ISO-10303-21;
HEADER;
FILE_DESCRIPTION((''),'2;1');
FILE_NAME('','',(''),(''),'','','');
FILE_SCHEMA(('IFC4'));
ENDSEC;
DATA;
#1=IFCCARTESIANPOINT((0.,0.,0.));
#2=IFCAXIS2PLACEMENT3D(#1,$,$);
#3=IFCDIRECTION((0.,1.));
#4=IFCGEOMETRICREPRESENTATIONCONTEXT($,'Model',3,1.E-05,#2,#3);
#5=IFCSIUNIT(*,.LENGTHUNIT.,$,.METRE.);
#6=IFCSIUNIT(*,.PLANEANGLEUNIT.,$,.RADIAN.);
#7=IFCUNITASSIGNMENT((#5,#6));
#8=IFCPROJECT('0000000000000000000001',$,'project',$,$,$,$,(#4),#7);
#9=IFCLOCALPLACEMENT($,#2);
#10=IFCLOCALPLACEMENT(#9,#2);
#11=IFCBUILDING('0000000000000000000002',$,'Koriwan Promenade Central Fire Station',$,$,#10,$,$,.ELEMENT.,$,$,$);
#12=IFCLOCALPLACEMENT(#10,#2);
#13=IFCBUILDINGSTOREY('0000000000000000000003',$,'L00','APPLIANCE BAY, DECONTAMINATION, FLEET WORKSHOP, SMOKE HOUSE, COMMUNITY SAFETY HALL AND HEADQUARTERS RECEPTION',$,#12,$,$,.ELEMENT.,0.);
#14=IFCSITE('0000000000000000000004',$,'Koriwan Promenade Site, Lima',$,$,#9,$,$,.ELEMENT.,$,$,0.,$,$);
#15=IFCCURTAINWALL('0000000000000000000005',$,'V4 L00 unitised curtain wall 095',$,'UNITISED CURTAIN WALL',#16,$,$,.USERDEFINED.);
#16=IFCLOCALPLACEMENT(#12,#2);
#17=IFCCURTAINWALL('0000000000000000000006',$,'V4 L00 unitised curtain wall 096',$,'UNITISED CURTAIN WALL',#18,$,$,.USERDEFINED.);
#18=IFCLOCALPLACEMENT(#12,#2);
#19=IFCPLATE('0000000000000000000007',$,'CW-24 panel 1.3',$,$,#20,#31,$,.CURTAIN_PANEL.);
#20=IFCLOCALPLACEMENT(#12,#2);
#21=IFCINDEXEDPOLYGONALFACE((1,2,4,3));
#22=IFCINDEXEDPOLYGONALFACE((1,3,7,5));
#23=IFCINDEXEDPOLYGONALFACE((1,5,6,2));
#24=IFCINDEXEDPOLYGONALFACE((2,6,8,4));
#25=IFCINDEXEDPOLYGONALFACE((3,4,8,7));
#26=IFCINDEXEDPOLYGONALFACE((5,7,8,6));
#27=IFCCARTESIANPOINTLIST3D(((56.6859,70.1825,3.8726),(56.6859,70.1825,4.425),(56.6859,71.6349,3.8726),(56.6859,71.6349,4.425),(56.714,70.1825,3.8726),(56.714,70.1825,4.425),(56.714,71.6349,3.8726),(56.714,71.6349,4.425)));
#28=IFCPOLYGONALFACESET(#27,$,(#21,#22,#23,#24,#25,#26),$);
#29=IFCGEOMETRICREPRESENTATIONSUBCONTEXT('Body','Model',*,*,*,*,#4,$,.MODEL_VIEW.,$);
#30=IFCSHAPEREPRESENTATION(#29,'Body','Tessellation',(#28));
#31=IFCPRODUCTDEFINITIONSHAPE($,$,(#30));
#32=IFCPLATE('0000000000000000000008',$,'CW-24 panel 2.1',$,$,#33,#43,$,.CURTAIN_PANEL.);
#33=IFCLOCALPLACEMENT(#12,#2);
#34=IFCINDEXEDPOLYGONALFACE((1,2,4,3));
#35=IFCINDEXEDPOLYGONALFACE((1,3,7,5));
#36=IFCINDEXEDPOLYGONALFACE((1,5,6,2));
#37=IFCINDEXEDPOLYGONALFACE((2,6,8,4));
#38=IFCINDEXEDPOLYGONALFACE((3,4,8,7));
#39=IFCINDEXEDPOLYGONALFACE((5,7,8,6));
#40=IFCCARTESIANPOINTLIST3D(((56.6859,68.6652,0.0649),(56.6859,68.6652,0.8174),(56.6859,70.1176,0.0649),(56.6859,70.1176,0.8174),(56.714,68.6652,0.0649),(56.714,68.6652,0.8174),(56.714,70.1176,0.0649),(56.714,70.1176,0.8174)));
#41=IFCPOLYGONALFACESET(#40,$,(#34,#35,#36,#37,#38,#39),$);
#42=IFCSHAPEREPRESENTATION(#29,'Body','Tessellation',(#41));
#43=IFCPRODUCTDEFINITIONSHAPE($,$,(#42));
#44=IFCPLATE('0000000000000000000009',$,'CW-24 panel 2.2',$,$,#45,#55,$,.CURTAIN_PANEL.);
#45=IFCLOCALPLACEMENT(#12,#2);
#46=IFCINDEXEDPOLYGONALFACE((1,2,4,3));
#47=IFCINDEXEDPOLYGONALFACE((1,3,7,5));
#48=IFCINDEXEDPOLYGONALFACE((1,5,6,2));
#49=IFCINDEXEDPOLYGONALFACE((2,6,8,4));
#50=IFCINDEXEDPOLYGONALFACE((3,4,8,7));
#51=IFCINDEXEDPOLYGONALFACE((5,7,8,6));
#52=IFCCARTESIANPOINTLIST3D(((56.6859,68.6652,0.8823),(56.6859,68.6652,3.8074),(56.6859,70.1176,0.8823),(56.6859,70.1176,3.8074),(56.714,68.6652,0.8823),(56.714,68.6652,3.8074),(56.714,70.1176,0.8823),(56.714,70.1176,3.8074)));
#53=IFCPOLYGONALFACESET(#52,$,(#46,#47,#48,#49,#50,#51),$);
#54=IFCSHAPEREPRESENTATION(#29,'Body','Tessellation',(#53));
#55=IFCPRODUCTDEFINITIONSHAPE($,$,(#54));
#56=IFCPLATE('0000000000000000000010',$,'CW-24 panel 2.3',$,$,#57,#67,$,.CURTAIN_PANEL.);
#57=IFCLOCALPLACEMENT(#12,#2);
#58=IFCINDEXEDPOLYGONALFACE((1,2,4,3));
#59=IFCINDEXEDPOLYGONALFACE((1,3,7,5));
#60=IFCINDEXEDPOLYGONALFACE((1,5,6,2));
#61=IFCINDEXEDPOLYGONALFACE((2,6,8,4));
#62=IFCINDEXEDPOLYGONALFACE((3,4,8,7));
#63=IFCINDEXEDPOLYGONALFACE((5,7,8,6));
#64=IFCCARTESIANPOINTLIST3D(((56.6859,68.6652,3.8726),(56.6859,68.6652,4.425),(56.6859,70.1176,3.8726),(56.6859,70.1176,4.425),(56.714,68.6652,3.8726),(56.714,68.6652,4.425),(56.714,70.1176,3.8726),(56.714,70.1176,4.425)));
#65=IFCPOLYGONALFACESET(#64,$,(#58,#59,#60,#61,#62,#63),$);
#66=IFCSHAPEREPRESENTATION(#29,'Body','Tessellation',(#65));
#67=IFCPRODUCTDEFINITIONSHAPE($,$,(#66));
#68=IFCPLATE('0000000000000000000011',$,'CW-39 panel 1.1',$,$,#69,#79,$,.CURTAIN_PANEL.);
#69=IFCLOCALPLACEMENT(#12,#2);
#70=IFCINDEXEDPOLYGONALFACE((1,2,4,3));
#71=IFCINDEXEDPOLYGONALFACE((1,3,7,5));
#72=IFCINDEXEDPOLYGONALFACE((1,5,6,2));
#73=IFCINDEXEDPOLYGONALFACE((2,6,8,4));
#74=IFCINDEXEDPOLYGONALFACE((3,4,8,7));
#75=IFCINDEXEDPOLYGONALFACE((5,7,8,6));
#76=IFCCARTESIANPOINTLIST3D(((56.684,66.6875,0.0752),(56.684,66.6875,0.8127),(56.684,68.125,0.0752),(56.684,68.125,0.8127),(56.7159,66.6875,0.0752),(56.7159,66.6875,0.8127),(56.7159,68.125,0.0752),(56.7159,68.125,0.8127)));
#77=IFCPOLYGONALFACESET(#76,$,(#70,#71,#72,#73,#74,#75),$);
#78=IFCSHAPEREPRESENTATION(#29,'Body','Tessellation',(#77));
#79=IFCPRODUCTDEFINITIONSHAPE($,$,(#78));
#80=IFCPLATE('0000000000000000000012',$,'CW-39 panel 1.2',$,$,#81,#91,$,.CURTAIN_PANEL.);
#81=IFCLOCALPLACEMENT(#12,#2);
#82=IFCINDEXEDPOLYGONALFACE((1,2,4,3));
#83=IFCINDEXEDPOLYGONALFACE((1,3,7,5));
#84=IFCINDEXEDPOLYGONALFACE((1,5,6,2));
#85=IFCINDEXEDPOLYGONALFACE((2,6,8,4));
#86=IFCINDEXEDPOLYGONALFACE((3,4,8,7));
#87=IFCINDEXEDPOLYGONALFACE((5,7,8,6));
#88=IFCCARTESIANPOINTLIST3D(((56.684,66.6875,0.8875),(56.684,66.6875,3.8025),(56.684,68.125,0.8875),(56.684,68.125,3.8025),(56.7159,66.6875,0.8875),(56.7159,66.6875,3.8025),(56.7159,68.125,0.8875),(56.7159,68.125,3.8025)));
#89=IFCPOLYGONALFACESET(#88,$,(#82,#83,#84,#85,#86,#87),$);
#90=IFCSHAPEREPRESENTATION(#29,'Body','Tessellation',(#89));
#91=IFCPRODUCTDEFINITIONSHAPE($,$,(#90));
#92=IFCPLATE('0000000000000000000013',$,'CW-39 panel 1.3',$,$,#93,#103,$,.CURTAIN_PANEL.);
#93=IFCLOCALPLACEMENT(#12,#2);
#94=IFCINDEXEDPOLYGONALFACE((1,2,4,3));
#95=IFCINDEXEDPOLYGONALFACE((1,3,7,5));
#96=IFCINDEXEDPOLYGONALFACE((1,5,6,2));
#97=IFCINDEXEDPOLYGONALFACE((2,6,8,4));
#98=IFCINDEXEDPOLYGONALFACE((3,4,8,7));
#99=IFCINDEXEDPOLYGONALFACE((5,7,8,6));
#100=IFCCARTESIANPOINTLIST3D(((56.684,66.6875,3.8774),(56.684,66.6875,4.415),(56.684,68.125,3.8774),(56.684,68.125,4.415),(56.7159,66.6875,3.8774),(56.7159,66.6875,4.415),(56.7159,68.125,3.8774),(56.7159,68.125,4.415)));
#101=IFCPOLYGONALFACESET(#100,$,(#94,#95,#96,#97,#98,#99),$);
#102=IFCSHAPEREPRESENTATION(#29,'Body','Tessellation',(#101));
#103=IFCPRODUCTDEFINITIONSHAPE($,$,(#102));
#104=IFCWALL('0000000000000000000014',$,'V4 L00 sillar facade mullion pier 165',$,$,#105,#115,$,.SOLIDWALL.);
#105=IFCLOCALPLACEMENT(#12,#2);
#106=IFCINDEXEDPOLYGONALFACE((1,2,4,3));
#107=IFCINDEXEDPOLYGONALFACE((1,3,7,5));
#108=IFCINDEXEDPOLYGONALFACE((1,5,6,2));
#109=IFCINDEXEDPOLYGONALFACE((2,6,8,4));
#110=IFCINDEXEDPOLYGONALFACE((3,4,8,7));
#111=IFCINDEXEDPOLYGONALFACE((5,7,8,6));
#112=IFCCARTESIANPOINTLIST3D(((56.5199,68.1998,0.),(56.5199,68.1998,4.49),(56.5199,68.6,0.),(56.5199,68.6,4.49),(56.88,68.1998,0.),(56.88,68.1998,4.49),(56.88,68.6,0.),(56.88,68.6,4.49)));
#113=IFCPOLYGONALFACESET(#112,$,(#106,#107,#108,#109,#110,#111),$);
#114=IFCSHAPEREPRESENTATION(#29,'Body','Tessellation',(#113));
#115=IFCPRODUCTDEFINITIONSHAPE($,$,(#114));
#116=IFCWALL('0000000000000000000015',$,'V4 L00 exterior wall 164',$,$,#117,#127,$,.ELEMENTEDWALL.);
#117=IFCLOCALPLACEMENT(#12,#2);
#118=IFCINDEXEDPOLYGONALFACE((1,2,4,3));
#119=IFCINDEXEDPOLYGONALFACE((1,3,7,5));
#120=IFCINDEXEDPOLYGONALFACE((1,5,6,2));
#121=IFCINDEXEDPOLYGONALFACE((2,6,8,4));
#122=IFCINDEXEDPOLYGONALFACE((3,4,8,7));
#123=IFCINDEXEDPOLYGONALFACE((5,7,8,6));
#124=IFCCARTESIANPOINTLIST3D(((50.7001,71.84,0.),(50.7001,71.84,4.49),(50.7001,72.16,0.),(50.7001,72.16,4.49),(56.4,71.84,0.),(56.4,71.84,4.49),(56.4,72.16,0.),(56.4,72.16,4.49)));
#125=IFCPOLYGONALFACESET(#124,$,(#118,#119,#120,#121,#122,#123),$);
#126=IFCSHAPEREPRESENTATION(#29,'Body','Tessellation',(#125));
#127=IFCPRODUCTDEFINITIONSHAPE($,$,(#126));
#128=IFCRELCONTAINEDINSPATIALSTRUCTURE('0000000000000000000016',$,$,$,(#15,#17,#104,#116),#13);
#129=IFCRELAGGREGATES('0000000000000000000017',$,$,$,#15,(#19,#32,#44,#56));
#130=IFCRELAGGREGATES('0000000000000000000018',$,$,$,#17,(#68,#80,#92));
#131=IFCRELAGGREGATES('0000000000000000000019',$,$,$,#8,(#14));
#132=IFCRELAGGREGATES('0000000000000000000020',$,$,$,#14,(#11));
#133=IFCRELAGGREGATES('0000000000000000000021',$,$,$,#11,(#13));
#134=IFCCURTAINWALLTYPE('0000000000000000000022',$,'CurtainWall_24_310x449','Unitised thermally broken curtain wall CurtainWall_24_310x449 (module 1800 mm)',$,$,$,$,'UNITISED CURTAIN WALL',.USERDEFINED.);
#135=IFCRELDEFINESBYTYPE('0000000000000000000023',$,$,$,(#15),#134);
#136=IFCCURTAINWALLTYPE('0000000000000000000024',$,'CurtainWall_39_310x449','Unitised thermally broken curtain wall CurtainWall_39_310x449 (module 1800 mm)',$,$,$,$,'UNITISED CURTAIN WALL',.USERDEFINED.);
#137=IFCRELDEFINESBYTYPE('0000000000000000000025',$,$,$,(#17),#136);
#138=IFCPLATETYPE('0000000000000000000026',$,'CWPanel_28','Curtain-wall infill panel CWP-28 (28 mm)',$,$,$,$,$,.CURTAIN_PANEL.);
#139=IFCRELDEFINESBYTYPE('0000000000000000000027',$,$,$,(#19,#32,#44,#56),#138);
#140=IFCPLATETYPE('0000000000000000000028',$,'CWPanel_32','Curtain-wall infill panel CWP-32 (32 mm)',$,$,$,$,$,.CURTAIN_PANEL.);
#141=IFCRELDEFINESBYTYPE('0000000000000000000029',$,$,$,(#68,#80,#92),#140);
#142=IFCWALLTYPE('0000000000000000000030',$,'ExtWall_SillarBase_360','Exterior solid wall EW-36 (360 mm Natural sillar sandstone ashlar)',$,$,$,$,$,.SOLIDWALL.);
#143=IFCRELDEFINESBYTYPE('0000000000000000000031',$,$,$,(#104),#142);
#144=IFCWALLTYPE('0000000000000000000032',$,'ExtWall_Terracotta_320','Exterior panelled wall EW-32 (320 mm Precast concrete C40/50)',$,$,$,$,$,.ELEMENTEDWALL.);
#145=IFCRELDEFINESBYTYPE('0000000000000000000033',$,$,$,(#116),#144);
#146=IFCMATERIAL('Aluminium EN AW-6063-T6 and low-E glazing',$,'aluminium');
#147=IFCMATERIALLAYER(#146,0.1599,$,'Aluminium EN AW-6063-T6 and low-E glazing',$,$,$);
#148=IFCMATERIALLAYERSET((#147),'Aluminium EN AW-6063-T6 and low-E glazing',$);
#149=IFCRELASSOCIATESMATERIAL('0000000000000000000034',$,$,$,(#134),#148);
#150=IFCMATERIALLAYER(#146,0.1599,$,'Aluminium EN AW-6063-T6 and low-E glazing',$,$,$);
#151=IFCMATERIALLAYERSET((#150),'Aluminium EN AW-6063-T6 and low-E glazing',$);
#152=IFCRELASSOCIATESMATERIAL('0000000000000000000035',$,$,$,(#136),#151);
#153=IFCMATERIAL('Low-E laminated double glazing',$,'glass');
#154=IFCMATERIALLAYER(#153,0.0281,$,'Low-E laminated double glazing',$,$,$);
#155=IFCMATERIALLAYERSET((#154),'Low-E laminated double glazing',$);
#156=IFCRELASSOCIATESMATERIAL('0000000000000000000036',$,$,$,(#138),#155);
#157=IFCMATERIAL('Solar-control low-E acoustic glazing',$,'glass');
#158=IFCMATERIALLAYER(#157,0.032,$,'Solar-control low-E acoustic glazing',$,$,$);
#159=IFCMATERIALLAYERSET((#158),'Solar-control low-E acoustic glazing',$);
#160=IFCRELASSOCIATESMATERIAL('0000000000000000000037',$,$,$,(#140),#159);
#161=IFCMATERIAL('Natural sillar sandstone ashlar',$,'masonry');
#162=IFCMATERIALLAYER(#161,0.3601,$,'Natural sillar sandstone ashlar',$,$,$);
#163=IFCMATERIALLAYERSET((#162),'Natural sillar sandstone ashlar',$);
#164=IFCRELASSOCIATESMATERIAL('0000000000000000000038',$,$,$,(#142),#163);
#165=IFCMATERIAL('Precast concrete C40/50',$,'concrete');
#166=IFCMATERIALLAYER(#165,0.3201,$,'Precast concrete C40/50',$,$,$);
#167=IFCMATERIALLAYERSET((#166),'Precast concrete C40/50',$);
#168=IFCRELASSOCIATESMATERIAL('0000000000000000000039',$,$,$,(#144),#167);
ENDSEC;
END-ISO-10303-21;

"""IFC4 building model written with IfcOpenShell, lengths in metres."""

from ifc_helpers import new_model, si_unit, direction, frame, frame_2d, origin, origin_2d, place, context, subcontext, project, spatial, rectangle, extrude, material, layer, layer_set, type_object, element, aggregate, save


model = new_model("IFC4")

# Units and contexts
model_context = context("Model", 3, precision=1e-05, world=origin(), true_north=direction((0.0, 1.0)))
body_context = subcontext(model_context, "Body", "Model", "MODEL_VIEW")
ifc_project = project(units=[si_unit("LENGTHUNIT", "METRE"), si_unit("PLANEANGLEUNIT", "RADIAN")], contexts=[model_context])

# Site, building, storey
site_placement = place(None, origin())
site = spatial("IfcSite", under=ifc_project, at=site_placement, Name="Koriwan Promenade Site, Lima", CompositionType="ELEMENT", RefElevation=0.0)
building_placement = place(site_placement, origin())
building = spatial("IfcBuilding", under=site, at=building_placement, Name="Koriwan Promenade Central Fire Station", CompositionType="ELEMENT")
storey_placement = place(building_placement, origin())
storey = spatial("IfcBuildingStorey", under=building, at=storey_placement, Name="L00", Description="APPLIANCE BAY, DECONTAMINATION, FLEET WORKSHOP, SMOKE HOUSE, COMMUNITY SAFETY HALL AND HEADQUARTERS RECEPTION", CompositionType="ELEMENT", Elevation=0.0)

# Curtain walls
ifc_material_1 = material(Name="Aluminium EN AW-6063-T6 and low-E glazing", Category="aluminium")
ifc_layer_1 = layer(ifc_material_1, 0.1599, Name="Aluminium EN AW-6063-T6 and low-E glazing")
ifc_layer_set_1 = layer_set([ifc_layer_1], Name="Aluminium EN AW-6063-T6 and low-E glazing")
curtain_wall_type_1 = type_object("IfcCurtainWallType", Name="CurtainWall_24_310x449", Description="Unitised thermally broken curtain wall CurtainWall_24_310x449 (module 1800 mm)", ElementType="UNITISED CURTAIN WALL", PredefinedType="USERDEFINED", material=ifc_layer_set_1)
curtain_wall_1_placement = place(storey_placement, origin())
curtain_wall_1 = element("IfcCurtainWall", 1, at=curtain_wall_1_placement, inside=storey, type_object=curtain_wall_type_1, Name="V4 L00 unitised curtain wall 095", ObjectType="UNITISED CURTAIN WALL", PredefinedType="USERDEFINED")
ifc_layer_2 = layer(ifc_material_1, 0.1599, Name="Aluminium EN AW-6063-T6 and low-E glazing")
ifc_layer_set_2 = layer_set([ifc_layer_2], Name="Aluminium EN AW-6063-T6 and low-E glazing")
curtain_wall_type_2 = type_object("IfcCurtainWallType", Name="CurtainWall_39_310x449", Description="Unitised thermally broken curtain wall CurtainWall_39_310x449 (module 1800 mm)", ElementType="UNITISED CURTAIN WALL", PredefinedType="USERDEFINED", material=ifc_layer_set_2)
curtain_wall_2_placement = place(storey_placement, origin())
curtain_wall_2 = element("IfcCurtainWall", 2, at=curtain_wall_2_placement, inside=storey, type_object=curtain_wall_type_2, Name="V4 L00 unitised curtain wall 096", ObjectType="UNITISED CURTAIN WALL", PredefinedType="USERDEFINED")

# Plates
ifc_material_2 = material(Name="Low-E laminated double glazing", Category="glass")
ifc_layer_3 = layer(ifc_material_2, 0.0281, Name="Low-E laminated double glazing")
ifc_layer_set_3 = layer_set([ifc_layer_3], Name="Low-E laminated double glazing")
plate_type_1 = type_object("IfcPlateType", Name="CWPanel_28", Description="Curtain-wall infill panel CWP-28 (28 mm)", PredefinedType="CURTAIN_PANEL", material=ifc_layer_set_3)
plate_1_placement = place(storey_placement, frame((56.7, 70.9087, 3.8726), z_axis=(0.0, 0.0, 1.0), x_axis=(0.0, -1.0, 0.0)))
plate_1 = element("IfcPlate", 3, at=plate_1_placement, type_object=plate_type_1, Name="CW-24 panel 1.3", PredefinedType="CURTAIN_PANEL", context=body_context, shape_type="SweptSolid", body=[
    extrude(rectangle(XDim=1.4524, YDim=0.0281, at=origin_2d()), origin(), (0.0, 0.0, 1.0), 0.5525),
])
plate_2_placement = place(storey_placement, frame((56.7, 69.3914, 0.0649), z_axis=(0.0, 0.0, 1.0), x_axis=(0.0, -1.0, 0.0)))
plate_2 = element("IfcPlate", 4, at=plate_2_placement, type_object=plate_type_1, Name="CW-24 panel 2.1", PredefinedType="CURTAIN_PANEL", context=body_context, shape_type="SweptSolid", body=[
    extrude(rectangle(XDim=1.4524, YDim=0.0281, at=origin_2d()), origin(), (0.0, 0.0, 1.0), 0.7524),
])
plate_3_placement = place(storey_placement, frame((56.7, 69.3914, 0.8823), z_axis=(0.0, 0.0, 1.0), x_axis=(0.0, -1.0, 0.0)))
plate_3 = element("IfcPlate", 5, at=plate_3_placement, type_object=plate_type_1, Name="CW-24 panel 2.2", PredefinedType="CURTAIN_PANEL", context=body_context, shape_type="SweptSolid", body=[
    extrude(rectangle(XDim=1.4524, YDim=0.0281, at=origin_2d()), origin(), (0.0, 0.0, 1.0), 2.925),
])
plate_4_placement = place(storey_placement, frame((56.7, 69.3914, 3.8726), z_axis=(0.0, 0.0, 1.0), x_axis=(0.0, -1.0, 0.0)))
plate_4 = element("IfcPlate", 6, at=plate_4_placement, type_object=plate_type_1, Name="CW-24 panel 2.3", PredefinedType="CURTAIN_PANEL", context=body_context, shape_type="SweptSolid", body=[
    extrude(rectangle(XDim=1.4524, YDim=0.0281, at=origin_2d()), origin(), (0.0, 0.0, 1.0), 0.5525),
])
aggregate(curtain_wall_1, [plate_1, plate_2, plate_3, plate_4])
ifc_material_3 = material(Name="Solar-control low-E acoustic glazing", Category="glass")
ifc_layer_4 = layer(ifc_material_3, 0.032, Name="Solar-control low-E acoustic glazing")
ifc_layer_set_4 = layer_set([ifc_layer_4], Name="Solar-control low-E acoustic glazing")
plate_type_2 = type_object("IfcPlateType", Name="CWPanel_32", Description="Curtain-wall infill panel CWP-32 (32 mm)", PredefinedType="CURTAIN_PANEL", material=ifc_layer_set_4)
plate_5_placement = place(storey_placement, frame((56.7, 67.4062, 0.0752), z_axis=(0.0, 0.0, 1.0), x_axis=(0.0, -1.0, 0.0)))
plate_5 = element("IfcPlate", 7, at=plate_5_placement, type_object=plate_type_2, Name="CW-39 panel 1.1", PredefinedType="CURTAIN_PANEL", context=body_context, shape_type="SweptSolid", body=[
    extrude(rectangle(XDim=1.4375, YDim=0.032, at=origin_2d()), origin(), (0.0, 0.0, 1.0), 0.7375),
])
plate_6_placement = place(storey_placement, frame((56.7, 67.4062, 0.8875), z_axis=(0.0, 0.0, 1.0), x_axis=(0.0, -1.0, 0.0)))
plate_6 = element("IfcPlate", 8, at=plate_6_placement, type_object=plate_type_2, Name="CW-39 panel 1.2", PredefinedType="CURTAIN_PANEL", context=body_context, shape_type="SweptSolid", body=[
    extrude(rectangle(XDim=1.4375, YDim=0.032, at=origin_2d()), origin(), (0.0, 0.0, 1.0), 2.915),
])
plate_7_placement = place(storey_placement, frame((56.7, 67.4062, 3.8774), z_axis=(0.0, 0.0, 1.0), x_axis=(0.0, -1.0, 0.0)))
plate_7 = element("IfcPlate", 9, at=plate_7_placement, type_object=plate_type_2, Name="CW-39 panel 1.3", PredefinedType="CURTAIN_PANEL", context=body_context, shape_type="SweptSolid", body=[
    extrude(rectangle(XDim=1.4375, YDim=0.032, at=origin_2d()), origin(), (0.0, 0.0, 1.0), 0.5376),
])
aggregate(curtain_wall_2, [plate_5, plate_6, plate_7])

# Walls
ifc_material_4 = material(Name="Natural sillar sandstone ashlar", Category="masonry")
ifc_layer_5 = layer(ifc_material_4, 0.3601, Name="Natural sillar sandstone ashlar")
ifc_layer_set_5 = layer_set([ifc_layer_5], Name="Natural sillar sandstone ashlar")
wall_type_1 = type_object("IfcWallType", Name="ExtWall_SillarBase_360", Description="Exterior solid wall EW-36 (360 mm Natural sillar sandstone ashlar)", PredefinedType="SOLIDWALL", material=ifc_layer_set_5)
wall_1_placement = place(storey_placement, frame((56.7, 68.6001, 0.0), z_axis=(0.0, 0.0, 1.0), x_axis=(0.0, -1.0, 0.0)))
element("IfcWall", 10, at=wall_1_placement, inside=storey, type_object=wall_type_1, Name="V4 L00 sillar facade mullion pier 165", PredefinedType="SOLIDWALL", context=body_context, shape_type="SweptSolid", body=[
    extrude(rectangle(XDim=0.4001, YDim=0.3601, at=frame_2d((0.2002, 0.0))), origin(), (0.0, 0.0, 1.0), 4.49),
])
ifc_material_5 = material(Name="Precast concrete C40/50", Category="concrete")
ifc_layer_6 = layer(ifc_material_5, 0.3201, Name="Precast concrete C40/50")
ifc_layer_set_6 = layer_set([ifc_layer_6], Name="Precast concrete C40/50")
wall_type_2 = type_object("IfcWallType", Name="ExtWall_Terracotta_320", Description="Exterior panelled wall EW-32 (320 mm Precast concrete C40/50)", PredefinedType="ELEMENTEDWALL", material=ifc_layer_set_6)
wall_2_placement = place(storey_placement, frame((50.7, 72.0, 0.0), z_axis=(0.0, 0.0, 1.0), x_axis=(1.0, 0.0, 0.0)))
element("IfcWall", 11, at=wall_2_placement, inside=storey, type_object=wall_type_2, Name="V4 L00 exterior wall 164", PredefinedType="ELEMENTEDWALL", context=body_context, shape_type="SweptSolid", body=[
    extrude(rectangle(XDim=5.7, YDim=0.3201, at=frame_2d((2.8501, 0.0))), origin(), (0.0, 0.0, 1.0), 4.49),
])

save(model, "model.ifc")
